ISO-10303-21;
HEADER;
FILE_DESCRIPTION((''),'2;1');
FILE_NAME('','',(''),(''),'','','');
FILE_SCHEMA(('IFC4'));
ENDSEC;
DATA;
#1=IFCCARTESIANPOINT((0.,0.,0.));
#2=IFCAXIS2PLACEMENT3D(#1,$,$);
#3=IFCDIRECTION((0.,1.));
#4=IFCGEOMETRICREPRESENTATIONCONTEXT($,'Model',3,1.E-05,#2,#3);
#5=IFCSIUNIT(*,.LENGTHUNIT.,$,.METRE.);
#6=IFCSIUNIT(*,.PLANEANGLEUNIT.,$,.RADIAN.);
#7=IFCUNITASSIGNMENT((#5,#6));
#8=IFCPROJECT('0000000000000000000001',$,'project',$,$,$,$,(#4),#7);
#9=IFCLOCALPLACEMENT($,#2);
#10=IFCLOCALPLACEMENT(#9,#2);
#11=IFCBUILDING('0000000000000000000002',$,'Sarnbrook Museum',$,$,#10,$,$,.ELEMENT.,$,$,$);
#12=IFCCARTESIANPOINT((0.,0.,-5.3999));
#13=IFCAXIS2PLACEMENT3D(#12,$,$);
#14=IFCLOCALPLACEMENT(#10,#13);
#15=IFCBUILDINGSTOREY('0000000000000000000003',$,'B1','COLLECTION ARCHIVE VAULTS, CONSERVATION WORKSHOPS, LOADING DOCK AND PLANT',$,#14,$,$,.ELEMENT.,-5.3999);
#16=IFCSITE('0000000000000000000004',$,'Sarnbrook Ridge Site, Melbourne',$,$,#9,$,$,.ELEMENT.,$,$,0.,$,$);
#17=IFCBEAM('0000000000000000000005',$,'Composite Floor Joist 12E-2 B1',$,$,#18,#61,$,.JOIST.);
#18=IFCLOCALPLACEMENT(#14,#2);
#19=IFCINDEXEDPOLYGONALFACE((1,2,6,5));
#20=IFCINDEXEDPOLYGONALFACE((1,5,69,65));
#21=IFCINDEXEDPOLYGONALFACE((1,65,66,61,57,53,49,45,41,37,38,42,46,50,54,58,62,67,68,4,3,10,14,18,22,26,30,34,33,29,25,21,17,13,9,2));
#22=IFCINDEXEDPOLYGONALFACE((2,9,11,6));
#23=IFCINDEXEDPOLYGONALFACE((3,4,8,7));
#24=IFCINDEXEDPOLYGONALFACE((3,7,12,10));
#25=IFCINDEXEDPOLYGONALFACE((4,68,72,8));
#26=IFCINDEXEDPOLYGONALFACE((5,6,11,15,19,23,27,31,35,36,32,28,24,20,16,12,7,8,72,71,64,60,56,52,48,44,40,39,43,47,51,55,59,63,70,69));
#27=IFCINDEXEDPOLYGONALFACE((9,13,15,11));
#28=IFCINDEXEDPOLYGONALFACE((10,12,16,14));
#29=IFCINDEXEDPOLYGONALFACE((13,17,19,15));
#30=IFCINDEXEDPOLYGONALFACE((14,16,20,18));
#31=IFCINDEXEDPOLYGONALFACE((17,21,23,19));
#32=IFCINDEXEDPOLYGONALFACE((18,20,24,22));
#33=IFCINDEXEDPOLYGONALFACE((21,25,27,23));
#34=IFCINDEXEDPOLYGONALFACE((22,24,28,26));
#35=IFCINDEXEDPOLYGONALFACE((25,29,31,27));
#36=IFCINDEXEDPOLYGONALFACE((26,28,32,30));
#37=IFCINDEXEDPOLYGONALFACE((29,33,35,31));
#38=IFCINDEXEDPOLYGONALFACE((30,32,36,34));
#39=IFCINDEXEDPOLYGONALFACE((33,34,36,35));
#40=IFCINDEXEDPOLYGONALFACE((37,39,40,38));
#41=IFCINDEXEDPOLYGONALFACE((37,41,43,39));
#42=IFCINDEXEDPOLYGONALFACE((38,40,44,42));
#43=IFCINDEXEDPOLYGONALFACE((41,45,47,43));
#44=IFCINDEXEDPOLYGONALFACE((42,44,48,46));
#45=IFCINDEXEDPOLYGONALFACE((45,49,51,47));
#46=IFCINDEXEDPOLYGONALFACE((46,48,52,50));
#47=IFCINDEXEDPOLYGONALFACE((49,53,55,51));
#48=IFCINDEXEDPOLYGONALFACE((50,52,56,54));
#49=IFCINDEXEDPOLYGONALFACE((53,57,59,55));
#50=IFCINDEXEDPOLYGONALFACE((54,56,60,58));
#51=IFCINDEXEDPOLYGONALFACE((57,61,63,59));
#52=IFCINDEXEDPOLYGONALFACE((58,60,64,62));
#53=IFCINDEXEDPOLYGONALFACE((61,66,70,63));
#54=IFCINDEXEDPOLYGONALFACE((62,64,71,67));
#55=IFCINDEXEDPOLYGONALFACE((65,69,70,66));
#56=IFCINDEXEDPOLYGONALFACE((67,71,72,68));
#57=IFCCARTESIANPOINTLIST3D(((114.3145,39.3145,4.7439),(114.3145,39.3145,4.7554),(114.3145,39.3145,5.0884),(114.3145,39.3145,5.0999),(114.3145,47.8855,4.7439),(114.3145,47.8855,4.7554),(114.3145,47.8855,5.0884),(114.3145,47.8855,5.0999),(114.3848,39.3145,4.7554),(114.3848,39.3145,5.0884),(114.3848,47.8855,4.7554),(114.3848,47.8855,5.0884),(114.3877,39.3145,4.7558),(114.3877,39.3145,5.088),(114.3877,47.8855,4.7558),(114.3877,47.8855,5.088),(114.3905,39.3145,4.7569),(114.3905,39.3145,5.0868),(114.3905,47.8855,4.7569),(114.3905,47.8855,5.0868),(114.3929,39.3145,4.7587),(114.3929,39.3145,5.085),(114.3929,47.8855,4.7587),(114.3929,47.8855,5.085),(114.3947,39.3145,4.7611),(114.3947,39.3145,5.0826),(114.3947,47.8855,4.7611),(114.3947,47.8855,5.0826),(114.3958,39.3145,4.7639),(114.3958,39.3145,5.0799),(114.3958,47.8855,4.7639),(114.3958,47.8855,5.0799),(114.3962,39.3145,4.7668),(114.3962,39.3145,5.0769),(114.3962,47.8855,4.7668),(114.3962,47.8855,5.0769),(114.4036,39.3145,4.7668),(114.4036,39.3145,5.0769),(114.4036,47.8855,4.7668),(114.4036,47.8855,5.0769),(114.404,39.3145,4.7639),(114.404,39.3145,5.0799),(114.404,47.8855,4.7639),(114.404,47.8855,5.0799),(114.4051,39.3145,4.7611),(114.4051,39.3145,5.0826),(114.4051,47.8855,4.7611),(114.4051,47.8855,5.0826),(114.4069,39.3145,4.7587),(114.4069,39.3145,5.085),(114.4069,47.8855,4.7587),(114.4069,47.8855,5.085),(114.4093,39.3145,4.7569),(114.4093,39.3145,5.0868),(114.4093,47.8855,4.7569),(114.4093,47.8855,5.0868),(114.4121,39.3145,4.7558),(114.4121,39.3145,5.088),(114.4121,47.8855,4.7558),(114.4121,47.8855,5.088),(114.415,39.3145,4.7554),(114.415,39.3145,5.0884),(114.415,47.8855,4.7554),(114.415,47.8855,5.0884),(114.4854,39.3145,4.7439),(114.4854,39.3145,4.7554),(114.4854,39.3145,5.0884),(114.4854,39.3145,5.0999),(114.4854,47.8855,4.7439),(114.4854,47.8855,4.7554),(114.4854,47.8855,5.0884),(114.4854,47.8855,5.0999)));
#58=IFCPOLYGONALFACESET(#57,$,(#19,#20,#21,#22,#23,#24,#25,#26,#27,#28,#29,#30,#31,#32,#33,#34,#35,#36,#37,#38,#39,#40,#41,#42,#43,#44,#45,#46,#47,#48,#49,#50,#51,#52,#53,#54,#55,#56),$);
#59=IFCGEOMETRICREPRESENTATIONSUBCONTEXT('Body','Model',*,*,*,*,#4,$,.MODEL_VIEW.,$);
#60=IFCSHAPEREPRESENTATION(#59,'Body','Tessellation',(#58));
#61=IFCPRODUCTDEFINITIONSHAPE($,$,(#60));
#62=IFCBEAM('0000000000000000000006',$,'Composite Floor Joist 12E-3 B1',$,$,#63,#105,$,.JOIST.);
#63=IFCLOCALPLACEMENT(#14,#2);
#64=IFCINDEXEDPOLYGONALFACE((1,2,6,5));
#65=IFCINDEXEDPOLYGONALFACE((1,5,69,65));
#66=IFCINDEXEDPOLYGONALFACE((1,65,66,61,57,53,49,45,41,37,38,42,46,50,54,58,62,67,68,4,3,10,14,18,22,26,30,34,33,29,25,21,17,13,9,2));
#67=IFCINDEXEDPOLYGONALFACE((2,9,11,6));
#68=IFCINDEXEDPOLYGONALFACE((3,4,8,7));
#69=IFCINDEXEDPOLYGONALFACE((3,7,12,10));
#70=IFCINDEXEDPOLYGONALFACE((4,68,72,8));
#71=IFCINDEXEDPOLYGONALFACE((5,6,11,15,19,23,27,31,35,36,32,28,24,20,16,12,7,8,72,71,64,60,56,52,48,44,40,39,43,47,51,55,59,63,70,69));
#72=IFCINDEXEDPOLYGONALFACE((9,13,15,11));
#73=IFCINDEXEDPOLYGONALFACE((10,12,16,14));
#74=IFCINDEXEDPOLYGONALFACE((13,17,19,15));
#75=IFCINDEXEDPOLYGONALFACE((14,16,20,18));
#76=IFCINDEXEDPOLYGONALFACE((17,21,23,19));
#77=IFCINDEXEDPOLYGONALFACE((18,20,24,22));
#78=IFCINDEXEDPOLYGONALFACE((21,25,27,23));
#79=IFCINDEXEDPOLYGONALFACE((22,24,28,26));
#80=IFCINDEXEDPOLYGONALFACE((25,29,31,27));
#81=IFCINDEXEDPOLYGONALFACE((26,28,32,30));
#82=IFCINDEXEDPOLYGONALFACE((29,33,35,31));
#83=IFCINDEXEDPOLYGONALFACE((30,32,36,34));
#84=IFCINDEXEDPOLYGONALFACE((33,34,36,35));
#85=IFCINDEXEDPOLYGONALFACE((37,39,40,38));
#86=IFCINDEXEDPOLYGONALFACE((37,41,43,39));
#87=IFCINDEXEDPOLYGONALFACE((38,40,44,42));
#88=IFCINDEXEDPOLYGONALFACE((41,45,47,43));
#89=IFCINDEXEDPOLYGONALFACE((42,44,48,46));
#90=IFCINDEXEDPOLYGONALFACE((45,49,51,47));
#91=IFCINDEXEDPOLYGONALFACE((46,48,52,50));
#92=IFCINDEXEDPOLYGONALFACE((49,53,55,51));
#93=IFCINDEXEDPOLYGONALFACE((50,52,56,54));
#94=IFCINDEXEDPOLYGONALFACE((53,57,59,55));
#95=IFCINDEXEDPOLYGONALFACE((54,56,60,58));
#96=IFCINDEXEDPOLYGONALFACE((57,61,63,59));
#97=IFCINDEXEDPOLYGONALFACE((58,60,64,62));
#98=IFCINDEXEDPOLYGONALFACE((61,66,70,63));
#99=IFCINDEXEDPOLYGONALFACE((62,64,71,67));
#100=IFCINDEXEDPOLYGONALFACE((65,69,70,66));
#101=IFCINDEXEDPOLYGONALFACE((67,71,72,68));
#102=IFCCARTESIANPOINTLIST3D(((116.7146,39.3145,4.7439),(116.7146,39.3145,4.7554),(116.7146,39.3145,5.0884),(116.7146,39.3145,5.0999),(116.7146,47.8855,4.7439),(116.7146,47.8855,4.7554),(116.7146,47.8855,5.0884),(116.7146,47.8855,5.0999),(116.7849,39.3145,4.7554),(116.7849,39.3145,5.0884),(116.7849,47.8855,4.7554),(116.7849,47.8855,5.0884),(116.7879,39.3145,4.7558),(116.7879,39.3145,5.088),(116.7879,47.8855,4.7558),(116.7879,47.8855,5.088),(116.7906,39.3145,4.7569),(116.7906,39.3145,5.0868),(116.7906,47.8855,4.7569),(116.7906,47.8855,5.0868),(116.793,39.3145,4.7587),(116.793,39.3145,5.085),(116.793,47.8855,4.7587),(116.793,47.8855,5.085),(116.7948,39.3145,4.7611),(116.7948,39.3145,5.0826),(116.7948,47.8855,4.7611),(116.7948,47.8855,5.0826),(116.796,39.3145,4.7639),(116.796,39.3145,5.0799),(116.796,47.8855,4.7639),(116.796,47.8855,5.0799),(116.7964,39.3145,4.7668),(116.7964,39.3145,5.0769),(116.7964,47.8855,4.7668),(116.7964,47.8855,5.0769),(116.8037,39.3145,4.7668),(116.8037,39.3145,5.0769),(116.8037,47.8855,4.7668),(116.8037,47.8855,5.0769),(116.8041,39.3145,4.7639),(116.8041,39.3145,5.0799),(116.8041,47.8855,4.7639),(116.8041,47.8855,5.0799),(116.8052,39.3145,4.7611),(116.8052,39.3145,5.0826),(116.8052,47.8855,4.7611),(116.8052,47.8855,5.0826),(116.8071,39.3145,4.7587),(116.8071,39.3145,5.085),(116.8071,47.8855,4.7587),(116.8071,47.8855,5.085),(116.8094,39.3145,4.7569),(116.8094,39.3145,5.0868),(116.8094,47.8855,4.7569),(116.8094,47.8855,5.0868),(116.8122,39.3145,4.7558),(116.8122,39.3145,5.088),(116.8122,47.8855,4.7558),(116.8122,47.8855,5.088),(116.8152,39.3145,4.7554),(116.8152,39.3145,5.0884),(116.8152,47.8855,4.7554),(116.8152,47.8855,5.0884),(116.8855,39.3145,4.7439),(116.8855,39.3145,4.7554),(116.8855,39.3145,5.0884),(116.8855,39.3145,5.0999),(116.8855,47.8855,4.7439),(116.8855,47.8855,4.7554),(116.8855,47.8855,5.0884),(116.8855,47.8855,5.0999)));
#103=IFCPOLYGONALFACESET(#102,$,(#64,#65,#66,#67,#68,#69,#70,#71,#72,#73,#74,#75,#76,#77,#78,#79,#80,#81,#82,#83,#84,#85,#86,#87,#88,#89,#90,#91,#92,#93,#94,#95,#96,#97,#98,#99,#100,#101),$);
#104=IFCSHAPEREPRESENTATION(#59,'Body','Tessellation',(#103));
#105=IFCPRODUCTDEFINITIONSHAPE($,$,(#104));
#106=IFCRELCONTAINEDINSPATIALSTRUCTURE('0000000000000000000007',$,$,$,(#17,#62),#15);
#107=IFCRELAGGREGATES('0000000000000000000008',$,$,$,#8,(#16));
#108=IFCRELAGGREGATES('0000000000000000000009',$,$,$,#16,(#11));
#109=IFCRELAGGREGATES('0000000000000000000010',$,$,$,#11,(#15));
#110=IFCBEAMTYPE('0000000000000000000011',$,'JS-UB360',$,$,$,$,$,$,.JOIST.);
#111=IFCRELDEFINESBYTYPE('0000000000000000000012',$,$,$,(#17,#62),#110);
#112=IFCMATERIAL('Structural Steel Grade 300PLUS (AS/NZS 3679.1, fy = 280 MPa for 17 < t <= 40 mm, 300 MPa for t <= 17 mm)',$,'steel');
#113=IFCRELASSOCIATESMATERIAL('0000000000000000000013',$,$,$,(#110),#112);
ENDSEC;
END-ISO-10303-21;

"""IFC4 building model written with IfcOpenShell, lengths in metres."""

from ifc_helpers import new_model, si_unit, direction, frame, origin, origin_2d, place, context, subcontext, project, spatial, i_section, extrude, material, material_profile, profile_set, type_object, element, save


model = new_model("IFC4")

# Units and contexts
model_context = context("Model", 3, precision=1e-05, world=origin(), true_north=direction((0.0, 1.0)))
body_context = subcontext(model_context, "Body", "Model", "MODEL_VIEW")
ifc_project = project(units=[si_unit("LENGTHUNIT", "METRE"), si_unit("PLANEANGLEUNIT", "RADIAN")], contexts=[model_context])

# Site, building, storey
site_placement = place(None, origin())
site = spatial("IfcSite", under=ifc_project, at=site_placement, Name="Sarnbrook Ridge Site, Melbourne", CompositionType="ELEMENT", RefElevation=0.0)
building_placement = place(site_placement, origin())
building = spatial("IfcBuilding", under=site, at=building_placement, Name="Sarnbrook Museum", CompositionType="ELEMENT")
storey_placement = place(building_placement, frame((0.0, 0.0, -5.3999)))
storey = spatial("IfcBuildingStorey", under=building, at=storey_placement, Name="B1", Description="COLLECTION ARCHIVE VAULTS, CONSERVATION WORKSHOPS, LOADING DOCK AND PLANT", CompositionType="ELEMENT", Elevation=-5.3999)

# Beams
ifc_material_1 = material(Name="Structural Steel Grade 300PLUS (AS/NZS 3679.1, fy = 280 MPa for 17 < t <= 40 mm, 300 MPa for t <= 17 mm)", Category="steel")
ifc_material_profile_1 = material_profile(ifc_material_1, i_section(OverallWidth=0.1709, OverallDepth=0.356, WebThickness=0.0073, FlangeThickness=0.0115, FilletRadius=0.0115, at=origin_2d()), Name="360UB50.7")
ifc_profile_set_1 = profile_set([ifc_material_profile_1], Name="Structural Steel Grade 300PLUS (AS/NZS 3679.1, fy = 280 MPa for 17 < t <= 40 mm, 300 MPa for t <= 17 mm)")
beam_type_1 = type_object("IfcBeamType", Name="JS-UB360", PredefinedType="JOIST", material=ifc_profile_set_1)
for number, where, z_axis, x_axis, name in (
    (1, (114.3999, 39.3145, 4.9219), (0.0, 1.0, 0.0), (-1.0, 0.0, 0.0), "Composite Floor Joist 12E-2 B1"),
    (2, (116.8, 39.3145, 4.9219), (0.0, 1.0, 0.0), (-1.0, 0.0, 0.0), "Composite Floor Joist 12E-3 B1"),
):
    element("IfcBeam", number, at=place(storey_placement, frame(where, z_axis=z_axis, x_axis=x_axis)), inside=storey, type_object=beam_type_1, Name=name, PredefinedType="JOIST", context=body_context, shape_type="SweptSolid", body=[
        extrude(i_section(OverallWidth=0.1709, OverallDepth=0.356, WebThickness=0.0073, FlangeThickness=0.0115, FilletRadius=0.0115, at=origin_2d()), origin(), (0.0, 0.0, 1.0), 8.571),
    ])

save(model, "model.ifc")
